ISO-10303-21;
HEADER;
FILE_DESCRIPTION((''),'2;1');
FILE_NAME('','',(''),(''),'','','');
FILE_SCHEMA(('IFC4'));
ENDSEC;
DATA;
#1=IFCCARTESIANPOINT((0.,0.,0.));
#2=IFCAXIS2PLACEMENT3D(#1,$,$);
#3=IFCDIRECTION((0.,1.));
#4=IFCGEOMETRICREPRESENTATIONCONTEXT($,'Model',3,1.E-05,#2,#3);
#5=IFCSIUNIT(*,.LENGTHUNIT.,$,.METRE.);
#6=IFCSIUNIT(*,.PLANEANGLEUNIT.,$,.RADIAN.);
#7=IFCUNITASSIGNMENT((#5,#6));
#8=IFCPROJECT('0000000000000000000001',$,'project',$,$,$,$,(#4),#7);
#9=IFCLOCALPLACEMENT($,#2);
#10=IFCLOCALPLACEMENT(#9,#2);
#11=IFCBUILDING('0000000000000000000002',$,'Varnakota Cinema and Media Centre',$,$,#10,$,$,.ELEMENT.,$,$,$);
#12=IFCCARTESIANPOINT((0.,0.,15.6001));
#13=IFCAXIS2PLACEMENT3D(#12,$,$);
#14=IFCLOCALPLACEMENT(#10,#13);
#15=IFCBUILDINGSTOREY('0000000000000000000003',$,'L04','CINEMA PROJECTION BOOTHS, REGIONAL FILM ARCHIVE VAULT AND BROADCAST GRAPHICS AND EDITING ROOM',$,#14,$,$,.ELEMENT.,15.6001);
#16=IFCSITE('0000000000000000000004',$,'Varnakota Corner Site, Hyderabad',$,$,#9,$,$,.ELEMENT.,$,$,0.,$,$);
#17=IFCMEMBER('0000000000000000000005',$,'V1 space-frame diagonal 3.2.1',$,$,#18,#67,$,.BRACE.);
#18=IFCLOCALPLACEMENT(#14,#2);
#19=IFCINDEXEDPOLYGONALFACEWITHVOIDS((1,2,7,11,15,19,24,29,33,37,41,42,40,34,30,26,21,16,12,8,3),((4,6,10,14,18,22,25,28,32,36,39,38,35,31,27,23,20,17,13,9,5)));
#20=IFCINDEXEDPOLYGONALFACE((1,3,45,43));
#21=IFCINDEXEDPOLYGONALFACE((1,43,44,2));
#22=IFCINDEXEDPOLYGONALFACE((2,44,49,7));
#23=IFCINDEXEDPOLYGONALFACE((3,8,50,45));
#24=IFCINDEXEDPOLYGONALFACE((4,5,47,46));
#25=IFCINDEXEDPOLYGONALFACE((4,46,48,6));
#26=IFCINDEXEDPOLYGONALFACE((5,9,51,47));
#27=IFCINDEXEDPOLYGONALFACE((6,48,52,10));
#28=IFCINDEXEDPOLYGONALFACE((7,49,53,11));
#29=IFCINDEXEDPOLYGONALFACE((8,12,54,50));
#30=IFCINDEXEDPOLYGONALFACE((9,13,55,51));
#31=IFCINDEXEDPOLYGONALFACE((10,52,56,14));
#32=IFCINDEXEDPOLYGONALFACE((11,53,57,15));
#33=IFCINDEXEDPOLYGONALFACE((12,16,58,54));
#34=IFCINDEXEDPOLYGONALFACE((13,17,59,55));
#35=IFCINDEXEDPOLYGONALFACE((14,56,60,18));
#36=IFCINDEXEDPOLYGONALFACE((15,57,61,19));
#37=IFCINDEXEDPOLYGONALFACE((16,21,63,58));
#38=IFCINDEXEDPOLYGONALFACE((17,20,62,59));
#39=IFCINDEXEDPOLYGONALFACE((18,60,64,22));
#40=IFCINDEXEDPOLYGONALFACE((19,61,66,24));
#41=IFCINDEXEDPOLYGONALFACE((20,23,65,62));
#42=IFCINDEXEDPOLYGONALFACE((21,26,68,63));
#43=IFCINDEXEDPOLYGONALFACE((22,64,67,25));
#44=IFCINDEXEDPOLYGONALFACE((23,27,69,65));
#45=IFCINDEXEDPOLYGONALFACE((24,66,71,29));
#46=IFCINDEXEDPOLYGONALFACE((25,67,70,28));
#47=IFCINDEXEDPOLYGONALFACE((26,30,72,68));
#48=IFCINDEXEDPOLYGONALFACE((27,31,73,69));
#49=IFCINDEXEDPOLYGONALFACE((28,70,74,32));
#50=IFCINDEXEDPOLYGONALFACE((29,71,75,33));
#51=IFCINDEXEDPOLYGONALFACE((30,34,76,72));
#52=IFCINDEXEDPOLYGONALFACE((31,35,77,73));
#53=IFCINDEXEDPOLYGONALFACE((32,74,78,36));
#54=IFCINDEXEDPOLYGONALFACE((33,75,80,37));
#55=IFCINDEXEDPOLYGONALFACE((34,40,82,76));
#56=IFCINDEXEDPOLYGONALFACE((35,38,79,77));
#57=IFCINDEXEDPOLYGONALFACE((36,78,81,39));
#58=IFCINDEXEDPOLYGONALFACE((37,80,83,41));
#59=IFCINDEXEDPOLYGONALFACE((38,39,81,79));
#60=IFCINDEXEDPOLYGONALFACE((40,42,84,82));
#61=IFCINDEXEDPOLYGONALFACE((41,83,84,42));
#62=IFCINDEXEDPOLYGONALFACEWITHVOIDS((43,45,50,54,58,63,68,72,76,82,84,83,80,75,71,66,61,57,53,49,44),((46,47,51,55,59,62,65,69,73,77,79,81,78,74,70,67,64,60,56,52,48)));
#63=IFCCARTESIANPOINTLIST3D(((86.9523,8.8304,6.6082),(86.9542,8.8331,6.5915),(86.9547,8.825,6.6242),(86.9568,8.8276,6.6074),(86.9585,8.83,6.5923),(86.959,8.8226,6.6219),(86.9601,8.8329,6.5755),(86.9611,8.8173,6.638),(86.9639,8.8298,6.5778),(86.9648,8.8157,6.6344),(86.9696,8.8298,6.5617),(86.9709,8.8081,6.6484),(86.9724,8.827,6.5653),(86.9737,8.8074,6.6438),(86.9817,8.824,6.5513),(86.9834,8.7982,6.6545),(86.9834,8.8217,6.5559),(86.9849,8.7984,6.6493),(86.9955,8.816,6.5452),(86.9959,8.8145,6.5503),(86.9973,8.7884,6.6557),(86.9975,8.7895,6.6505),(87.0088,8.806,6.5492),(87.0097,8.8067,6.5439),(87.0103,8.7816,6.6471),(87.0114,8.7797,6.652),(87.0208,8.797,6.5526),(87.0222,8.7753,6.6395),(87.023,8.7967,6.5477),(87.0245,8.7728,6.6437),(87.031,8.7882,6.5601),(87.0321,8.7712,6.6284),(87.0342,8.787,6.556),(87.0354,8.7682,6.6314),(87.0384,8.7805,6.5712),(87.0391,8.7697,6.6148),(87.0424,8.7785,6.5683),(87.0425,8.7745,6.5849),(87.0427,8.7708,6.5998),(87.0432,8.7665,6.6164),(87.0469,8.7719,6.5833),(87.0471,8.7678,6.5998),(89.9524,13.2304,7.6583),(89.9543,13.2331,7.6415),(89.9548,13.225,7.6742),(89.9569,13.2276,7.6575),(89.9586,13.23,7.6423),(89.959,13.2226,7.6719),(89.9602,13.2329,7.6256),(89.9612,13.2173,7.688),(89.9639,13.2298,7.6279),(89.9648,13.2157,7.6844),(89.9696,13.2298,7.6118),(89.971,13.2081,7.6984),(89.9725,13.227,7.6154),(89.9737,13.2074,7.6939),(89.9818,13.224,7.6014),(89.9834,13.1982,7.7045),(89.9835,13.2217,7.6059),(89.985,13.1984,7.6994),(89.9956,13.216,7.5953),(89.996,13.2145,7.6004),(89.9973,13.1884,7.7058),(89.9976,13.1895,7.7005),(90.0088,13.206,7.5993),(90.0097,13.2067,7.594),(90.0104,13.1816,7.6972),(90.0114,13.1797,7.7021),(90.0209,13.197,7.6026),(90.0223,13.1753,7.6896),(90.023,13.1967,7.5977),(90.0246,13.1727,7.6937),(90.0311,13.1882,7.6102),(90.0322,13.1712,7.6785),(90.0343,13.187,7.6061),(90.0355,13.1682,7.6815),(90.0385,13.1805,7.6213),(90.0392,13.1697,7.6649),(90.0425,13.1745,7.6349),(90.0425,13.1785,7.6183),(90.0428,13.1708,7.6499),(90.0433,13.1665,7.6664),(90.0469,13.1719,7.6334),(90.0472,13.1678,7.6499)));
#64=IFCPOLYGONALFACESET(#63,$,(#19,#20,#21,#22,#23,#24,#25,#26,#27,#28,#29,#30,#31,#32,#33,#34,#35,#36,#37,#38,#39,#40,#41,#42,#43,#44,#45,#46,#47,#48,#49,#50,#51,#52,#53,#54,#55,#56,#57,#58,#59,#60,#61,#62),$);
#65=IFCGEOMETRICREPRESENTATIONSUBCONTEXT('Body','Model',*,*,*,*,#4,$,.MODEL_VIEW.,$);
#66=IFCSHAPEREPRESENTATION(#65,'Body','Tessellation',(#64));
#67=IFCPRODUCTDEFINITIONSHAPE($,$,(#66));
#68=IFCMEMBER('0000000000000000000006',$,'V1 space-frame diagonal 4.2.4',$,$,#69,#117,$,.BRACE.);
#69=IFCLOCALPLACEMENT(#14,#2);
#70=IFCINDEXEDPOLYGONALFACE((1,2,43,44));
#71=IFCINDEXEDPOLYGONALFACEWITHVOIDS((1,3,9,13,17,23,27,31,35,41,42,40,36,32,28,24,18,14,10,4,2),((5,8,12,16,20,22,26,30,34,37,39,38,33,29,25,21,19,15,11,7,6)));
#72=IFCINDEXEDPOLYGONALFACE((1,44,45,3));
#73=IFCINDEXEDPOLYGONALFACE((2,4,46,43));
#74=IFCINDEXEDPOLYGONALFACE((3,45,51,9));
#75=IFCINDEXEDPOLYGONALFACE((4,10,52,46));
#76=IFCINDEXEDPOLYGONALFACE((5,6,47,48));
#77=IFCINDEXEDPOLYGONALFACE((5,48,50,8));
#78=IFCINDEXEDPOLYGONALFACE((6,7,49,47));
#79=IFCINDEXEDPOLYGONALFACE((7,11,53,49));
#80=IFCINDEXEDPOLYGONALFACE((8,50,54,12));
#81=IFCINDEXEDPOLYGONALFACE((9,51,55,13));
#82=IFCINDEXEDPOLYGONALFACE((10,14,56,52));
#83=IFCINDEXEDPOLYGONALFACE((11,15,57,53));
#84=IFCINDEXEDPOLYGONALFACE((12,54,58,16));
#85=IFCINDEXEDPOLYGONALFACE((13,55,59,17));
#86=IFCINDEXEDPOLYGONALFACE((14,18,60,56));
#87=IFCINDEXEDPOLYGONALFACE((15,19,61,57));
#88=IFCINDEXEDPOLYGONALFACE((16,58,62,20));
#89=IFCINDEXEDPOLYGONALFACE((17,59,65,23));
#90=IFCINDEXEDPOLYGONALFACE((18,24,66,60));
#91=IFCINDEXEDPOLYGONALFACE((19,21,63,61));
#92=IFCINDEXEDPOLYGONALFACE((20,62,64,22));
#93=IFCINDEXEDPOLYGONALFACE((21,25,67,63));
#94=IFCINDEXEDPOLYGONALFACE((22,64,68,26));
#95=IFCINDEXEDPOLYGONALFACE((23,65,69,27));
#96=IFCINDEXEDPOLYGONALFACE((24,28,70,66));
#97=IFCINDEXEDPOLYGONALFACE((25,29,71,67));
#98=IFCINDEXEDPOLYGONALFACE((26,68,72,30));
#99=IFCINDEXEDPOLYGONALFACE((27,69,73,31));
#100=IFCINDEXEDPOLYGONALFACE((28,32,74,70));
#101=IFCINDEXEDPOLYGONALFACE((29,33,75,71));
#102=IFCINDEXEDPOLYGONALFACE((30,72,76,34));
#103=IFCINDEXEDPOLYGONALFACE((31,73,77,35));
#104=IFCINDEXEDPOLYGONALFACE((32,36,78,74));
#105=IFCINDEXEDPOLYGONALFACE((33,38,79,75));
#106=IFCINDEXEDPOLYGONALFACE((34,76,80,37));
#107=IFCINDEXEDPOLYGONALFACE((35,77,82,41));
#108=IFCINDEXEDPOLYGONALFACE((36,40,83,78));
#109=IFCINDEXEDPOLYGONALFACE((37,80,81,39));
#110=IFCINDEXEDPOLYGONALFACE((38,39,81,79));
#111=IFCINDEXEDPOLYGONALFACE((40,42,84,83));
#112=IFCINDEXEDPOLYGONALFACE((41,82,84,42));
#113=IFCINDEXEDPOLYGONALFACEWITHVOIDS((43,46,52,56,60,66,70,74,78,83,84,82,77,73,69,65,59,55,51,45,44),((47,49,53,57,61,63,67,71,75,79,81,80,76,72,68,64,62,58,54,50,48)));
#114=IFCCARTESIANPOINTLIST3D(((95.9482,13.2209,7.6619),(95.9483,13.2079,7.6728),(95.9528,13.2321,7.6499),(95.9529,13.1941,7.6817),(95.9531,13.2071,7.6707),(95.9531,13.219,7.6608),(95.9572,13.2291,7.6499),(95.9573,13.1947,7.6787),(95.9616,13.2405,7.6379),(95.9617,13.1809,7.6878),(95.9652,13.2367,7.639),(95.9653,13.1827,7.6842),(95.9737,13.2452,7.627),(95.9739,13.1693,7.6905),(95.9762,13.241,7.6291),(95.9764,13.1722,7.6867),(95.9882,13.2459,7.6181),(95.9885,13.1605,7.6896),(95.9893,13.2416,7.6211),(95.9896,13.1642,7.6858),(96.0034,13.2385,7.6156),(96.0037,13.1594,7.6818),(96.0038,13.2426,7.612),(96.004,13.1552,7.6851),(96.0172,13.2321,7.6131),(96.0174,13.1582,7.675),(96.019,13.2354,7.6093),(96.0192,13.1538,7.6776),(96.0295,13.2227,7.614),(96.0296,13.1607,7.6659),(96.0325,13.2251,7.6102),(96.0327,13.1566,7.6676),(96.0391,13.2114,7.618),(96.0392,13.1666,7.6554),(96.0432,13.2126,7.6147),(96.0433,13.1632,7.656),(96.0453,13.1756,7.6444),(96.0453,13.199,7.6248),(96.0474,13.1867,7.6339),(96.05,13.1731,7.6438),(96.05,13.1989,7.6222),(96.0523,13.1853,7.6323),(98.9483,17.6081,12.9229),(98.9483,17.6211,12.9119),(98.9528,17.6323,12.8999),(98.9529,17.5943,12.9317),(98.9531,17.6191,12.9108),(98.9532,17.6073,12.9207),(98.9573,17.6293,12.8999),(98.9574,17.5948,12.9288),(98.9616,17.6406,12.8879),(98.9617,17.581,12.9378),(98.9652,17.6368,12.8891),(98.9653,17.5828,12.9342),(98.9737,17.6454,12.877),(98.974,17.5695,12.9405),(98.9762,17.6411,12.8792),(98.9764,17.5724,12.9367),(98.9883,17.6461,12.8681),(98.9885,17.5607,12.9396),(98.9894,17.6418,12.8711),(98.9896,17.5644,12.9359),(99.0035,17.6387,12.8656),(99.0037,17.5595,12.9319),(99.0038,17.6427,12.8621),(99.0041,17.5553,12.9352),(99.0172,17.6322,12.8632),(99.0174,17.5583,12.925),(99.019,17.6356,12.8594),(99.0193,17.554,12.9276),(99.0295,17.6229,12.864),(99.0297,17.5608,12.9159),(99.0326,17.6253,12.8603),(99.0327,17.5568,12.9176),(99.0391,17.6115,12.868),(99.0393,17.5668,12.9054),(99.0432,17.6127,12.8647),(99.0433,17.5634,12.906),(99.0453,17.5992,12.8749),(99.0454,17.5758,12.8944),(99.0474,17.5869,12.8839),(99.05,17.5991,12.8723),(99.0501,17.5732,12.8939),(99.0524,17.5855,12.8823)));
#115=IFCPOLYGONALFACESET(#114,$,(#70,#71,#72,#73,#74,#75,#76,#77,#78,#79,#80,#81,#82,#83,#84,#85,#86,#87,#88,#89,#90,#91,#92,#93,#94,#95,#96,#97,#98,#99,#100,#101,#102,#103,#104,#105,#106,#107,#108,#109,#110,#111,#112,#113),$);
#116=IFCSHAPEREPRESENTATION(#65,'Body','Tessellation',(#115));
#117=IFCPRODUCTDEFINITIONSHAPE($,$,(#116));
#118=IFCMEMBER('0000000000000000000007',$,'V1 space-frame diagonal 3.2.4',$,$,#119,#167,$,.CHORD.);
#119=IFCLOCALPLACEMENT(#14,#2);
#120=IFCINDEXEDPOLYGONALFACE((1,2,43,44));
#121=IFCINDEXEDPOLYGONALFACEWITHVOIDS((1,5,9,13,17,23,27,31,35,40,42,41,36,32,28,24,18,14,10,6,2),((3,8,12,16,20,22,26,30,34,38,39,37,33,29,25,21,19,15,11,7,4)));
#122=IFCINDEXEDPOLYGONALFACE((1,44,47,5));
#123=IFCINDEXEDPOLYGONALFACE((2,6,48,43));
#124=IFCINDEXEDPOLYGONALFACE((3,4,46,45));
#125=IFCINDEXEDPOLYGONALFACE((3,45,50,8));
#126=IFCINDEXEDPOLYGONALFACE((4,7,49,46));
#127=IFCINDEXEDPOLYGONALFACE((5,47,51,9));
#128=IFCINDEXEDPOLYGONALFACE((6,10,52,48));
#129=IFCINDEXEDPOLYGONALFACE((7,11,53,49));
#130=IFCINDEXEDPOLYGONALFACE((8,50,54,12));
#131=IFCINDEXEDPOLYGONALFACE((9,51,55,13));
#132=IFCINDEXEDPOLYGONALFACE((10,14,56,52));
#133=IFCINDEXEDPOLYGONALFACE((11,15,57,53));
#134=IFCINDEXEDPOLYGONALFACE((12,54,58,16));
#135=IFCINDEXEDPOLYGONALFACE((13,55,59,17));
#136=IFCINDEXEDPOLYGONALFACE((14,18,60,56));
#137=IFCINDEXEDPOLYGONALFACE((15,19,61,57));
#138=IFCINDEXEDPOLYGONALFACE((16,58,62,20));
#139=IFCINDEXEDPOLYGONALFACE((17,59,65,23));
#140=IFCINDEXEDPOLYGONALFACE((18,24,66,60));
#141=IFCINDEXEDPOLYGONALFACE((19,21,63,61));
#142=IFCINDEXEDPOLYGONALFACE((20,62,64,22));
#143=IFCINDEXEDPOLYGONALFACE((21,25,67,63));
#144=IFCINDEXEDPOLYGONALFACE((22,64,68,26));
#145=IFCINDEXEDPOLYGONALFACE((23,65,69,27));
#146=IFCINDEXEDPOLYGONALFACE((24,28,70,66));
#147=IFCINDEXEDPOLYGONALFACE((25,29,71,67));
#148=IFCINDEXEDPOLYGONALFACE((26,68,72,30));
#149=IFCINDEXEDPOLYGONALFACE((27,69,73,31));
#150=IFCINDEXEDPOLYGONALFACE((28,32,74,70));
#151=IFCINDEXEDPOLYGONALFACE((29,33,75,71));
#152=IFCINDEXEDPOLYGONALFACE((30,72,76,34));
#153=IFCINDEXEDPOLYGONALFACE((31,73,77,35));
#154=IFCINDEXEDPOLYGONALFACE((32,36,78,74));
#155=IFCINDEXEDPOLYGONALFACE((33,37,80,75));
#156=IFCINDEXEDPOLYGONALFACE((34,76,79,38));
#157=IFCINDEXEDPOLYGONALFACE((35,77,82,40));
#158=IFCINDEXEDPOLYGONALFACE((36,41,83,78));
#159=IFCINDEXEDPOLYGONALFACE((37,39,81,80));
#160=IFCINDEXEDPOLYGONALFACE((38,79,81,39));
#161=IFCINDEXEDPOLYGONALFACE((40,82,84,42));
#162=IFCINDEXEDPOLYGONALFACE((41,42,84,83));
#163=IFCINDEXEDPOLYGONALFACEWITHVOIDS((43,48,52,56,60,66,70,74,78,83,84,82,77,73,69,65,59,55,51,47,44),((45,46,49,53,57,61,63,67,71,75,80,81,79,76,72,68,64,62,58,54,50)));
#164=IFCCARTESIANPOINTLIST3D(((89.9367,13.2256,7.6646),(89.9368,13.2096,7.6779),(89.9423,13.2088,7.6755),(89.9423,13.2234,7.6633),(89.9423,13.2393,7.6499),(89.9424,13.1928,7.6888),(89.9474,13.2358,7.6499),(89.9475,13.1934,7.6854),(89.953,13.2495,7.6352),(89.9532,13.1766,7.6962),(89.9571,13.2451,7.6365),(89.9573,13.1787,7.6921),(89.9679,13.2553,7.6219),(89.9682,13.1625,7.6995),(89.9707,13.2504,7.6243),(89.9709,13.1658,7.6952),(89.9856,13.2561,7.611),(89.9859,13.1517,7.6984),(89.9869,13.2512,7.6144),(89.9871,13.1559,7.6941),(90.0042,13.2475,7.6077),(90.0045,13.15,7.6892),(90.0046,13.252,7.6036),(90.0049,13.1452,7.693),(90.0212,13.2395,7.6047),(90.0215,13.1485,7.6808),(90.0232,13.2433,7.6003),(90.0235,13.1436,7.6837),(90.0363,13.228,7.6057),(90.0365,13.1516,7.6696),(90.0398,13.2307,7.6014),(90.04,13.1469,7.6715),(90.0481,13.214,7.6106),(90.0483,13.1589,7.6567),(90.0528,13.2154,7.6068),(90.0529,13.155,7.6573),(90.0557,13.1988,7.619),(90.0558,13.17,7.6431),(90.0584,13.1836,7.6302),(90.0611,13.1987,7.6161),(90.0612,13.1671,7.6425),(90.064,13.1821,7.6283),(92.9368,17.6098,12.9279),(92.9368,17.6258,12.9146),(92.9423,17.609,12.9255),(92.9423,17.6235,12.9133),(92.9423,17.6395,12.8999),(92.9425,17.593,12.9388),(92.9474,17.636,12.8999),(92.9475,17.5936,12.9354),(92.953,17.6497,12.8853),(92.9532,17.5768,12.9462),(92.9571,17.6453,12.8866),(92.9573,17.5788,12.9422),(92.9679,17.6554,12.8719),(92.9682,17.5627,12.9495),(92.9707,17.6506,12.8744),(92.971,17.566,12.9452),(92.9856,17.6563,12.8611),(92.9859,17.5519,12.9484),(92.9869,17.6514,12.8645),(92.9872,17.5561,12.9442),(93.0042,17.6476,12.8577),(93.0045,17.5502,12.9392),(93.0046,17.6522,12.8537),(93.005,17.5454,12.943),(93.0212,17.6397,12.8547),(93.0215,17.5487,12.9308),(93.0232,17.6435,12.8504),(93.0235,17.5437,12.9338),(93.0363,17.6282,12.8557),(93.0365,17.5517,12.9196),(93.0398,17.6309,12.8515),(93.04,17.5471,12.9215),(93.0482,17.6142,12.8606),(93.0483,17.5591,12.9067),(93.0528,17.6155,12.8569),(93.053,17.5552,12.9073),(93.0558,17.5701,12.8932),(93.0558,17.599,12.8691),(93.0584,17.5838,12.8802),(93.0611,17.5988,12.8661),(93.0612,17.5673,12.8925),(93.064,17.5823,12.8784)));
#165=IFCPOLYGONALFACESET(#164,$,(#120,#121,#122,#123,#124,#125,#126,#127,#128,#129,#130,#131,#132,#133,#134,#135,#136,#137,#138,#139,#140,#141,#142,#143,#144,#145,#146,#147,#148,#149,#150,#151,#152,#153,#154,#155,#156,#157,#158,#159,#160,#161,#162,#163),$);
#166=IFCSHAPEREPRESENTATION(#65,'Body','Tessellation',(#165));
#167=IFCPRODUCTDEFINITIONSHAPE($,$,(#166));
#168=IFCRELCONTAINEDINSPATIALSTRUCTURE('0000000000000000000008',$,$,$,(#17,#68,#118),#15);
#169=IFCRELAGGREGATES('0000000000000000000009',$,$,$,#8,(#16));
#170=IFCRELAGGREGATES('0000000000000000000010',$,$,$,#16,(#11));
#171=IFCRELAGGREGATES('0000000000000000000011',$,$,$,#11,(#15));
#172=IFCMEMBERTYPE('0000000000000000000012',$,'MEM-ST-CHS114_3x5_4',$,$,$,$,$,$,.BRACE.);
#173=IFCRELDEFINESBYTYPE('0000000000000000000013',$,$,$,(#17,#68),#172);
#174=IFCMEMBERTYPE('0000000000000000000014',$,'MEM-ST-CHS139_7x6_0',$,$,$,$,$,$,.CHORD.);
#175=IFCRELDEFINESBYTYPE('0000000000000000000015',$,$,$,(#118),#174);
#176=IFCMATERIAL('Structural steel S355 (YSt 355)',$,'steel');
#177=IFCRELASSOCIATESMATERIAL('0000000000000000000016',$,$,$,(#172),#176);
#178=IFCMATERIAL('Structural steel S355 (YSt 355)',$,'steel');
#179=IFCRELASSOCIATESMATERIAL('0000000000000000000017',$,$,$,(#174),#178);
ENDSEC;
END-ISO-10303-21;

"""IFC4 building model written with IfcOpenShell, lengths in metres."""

from ifc_helpers import new_model, si_unit, direction, frame, origin, origin_2d, place, context, subcontext, project, spatial, hollow_circle, extrude, material, material_profile, profile_set, type_object, element, save


model = new_model("IFC4")

# Units and contexts
model_context = context("Model", 3, precision=1e-05, world=origin(), true_north=direction((0.0, 1.0)))
body_context = subcontext(model_context, "Body", "Model", "MODEL_VIEW")
ifc_project = project(units=[si_unit("LENGTHUNIT", "METRE"), si_unit("PLANEANGLEUNIT", "RADIAN")], contexts=[model_context])

# Site, building, storey
site_placement = place(None, origin())
site = spatial("IfcSite", under=ifc_project, at=site_placement, Name="Varnakota Corner Site, Hyderabad", CompositionType="ELEMENT", RefElevation=0.0)
building_placement = place(site_placement, origin())
building = spatial("IfcBuilding", under=site, at=building_placement, Name="Varnakota Cinema and Media Centre", CompositionType="ELEMENT")
storey_placement = place(building_placement, frame((0.0, 0.0, 15.6001)))
storey = spatial("IfcBuildingStorey", under=building, at=storey_placement, Name="L04", Description="CINEMA PROJECTION BOOTHS, REGIONAL FILM ARCHIVE VAULT AND BROADCAST GRAPHICS AND EDITING ROOM", CompositionType="ELEMENT", Elevation=15.6001)

# Members
ifc_material_1 = material(Name="Structural steel S355 (YSt 355)", Category="steel")
ifc_material_profile_1 = material_profile(ifc_material_1, hollow_circle(Radius=0.0571, WallThickness=0.0054, at=origin_2d()), Name="CHS 114.3x5.4")
ifc_profile_set_1 = profile_set([ifc_material_profile_1], Name="Structural steel S355 (YSt 355)")
member_type_1 = type_object("IfcMemberType", Name="MEM-ST-CHS114_3x5_4", PredefinedType="BRACE", material=ifc_profile_set_1)
member_1_placement = place(storey_placement, frame((90.0, 13.2, 7.6499), z_axis=(-0.552703, -0.810613, -0.193455), x_axis=(0.826222, -0.563345, 0.0)))
element("IfcMember", 1, at=member_1_placement, inside=storey, type_object=member_type_1, Name="V1 space-frame diagonal 3.2.1", PredefinedType="BRACE", context=body_context, shape_type="SweptSolid", body=[
    extrude(hollow_circle(Radius=0.0571, WallThickness=0.0054, at=origin_2d()), origin(), (0.0, 0.0, 1.0), 5.428),
])
member_2_placement = place(storey_placement, frame((96.0, 13.2, 7.6499), z_axis=(0.401165, 0.588395, 0.702039), x_axis=(-0.826236, 0.563324, 0.0)))
element("IfcMember", 2, at=member_2_placement, inside=storey, type_object=member_type_1, Name="V1 space-frame diagonal 4.2.4", PredefinedType="BRACE", context=body_context, shape_type="SweptSolid", body=[
    extrude(hollow_circle(Radius=0.0571, WallThickness=0.0054, at=origin_2d()), origin(), (0.0, 0.0, 1.0), 7.4783),
])
ifc_material_2 = material(Name="Structural steel S355 (YSt 355)", Category="steel")
ifc_material_profile_2 = material_profile(ifc_material_2, hollow_circle(Radius=0.0698, WallThickness=0.0061, at=origin_2d()), Name="CHS 139.7x6.0")
ifc_profile_set_2 = profile_set([ifc_material_profile_2], Name="Structural steel S355 (YSt 355)")
member_type_2 = type_object("IfcMemberType", Name="MEM-ST-CHS139_7x6_0", PredefinedType="CHORD", material=ifc_profile_set_2)
for number, where, z_axis, x_axis, name in (
    (3, (90.0, 13.2, 7.6499), (0.401165, 0.588395, 0.702039), (-0.826236, 0.563324, 0.0), "V1 space-frame diagonal 3.2.4"),
):
    element("IfcMember", number, at=place(storey_placement, frame(where, z_axis=z_axis, x_axis=x_axis)), inside=storey, type_object=member_type_2, Name=name, PredefinedType="CHORD", context=body_context, shape_type="SweptSolid", body=[
        extrude(hollow_circle(Radius=0.0698, WallThickness=0.0061, at=origin_2d()), origin(), (0.0, 0.0, 1.0), 7.4783),
    ])

save(model, "model.ifc")
